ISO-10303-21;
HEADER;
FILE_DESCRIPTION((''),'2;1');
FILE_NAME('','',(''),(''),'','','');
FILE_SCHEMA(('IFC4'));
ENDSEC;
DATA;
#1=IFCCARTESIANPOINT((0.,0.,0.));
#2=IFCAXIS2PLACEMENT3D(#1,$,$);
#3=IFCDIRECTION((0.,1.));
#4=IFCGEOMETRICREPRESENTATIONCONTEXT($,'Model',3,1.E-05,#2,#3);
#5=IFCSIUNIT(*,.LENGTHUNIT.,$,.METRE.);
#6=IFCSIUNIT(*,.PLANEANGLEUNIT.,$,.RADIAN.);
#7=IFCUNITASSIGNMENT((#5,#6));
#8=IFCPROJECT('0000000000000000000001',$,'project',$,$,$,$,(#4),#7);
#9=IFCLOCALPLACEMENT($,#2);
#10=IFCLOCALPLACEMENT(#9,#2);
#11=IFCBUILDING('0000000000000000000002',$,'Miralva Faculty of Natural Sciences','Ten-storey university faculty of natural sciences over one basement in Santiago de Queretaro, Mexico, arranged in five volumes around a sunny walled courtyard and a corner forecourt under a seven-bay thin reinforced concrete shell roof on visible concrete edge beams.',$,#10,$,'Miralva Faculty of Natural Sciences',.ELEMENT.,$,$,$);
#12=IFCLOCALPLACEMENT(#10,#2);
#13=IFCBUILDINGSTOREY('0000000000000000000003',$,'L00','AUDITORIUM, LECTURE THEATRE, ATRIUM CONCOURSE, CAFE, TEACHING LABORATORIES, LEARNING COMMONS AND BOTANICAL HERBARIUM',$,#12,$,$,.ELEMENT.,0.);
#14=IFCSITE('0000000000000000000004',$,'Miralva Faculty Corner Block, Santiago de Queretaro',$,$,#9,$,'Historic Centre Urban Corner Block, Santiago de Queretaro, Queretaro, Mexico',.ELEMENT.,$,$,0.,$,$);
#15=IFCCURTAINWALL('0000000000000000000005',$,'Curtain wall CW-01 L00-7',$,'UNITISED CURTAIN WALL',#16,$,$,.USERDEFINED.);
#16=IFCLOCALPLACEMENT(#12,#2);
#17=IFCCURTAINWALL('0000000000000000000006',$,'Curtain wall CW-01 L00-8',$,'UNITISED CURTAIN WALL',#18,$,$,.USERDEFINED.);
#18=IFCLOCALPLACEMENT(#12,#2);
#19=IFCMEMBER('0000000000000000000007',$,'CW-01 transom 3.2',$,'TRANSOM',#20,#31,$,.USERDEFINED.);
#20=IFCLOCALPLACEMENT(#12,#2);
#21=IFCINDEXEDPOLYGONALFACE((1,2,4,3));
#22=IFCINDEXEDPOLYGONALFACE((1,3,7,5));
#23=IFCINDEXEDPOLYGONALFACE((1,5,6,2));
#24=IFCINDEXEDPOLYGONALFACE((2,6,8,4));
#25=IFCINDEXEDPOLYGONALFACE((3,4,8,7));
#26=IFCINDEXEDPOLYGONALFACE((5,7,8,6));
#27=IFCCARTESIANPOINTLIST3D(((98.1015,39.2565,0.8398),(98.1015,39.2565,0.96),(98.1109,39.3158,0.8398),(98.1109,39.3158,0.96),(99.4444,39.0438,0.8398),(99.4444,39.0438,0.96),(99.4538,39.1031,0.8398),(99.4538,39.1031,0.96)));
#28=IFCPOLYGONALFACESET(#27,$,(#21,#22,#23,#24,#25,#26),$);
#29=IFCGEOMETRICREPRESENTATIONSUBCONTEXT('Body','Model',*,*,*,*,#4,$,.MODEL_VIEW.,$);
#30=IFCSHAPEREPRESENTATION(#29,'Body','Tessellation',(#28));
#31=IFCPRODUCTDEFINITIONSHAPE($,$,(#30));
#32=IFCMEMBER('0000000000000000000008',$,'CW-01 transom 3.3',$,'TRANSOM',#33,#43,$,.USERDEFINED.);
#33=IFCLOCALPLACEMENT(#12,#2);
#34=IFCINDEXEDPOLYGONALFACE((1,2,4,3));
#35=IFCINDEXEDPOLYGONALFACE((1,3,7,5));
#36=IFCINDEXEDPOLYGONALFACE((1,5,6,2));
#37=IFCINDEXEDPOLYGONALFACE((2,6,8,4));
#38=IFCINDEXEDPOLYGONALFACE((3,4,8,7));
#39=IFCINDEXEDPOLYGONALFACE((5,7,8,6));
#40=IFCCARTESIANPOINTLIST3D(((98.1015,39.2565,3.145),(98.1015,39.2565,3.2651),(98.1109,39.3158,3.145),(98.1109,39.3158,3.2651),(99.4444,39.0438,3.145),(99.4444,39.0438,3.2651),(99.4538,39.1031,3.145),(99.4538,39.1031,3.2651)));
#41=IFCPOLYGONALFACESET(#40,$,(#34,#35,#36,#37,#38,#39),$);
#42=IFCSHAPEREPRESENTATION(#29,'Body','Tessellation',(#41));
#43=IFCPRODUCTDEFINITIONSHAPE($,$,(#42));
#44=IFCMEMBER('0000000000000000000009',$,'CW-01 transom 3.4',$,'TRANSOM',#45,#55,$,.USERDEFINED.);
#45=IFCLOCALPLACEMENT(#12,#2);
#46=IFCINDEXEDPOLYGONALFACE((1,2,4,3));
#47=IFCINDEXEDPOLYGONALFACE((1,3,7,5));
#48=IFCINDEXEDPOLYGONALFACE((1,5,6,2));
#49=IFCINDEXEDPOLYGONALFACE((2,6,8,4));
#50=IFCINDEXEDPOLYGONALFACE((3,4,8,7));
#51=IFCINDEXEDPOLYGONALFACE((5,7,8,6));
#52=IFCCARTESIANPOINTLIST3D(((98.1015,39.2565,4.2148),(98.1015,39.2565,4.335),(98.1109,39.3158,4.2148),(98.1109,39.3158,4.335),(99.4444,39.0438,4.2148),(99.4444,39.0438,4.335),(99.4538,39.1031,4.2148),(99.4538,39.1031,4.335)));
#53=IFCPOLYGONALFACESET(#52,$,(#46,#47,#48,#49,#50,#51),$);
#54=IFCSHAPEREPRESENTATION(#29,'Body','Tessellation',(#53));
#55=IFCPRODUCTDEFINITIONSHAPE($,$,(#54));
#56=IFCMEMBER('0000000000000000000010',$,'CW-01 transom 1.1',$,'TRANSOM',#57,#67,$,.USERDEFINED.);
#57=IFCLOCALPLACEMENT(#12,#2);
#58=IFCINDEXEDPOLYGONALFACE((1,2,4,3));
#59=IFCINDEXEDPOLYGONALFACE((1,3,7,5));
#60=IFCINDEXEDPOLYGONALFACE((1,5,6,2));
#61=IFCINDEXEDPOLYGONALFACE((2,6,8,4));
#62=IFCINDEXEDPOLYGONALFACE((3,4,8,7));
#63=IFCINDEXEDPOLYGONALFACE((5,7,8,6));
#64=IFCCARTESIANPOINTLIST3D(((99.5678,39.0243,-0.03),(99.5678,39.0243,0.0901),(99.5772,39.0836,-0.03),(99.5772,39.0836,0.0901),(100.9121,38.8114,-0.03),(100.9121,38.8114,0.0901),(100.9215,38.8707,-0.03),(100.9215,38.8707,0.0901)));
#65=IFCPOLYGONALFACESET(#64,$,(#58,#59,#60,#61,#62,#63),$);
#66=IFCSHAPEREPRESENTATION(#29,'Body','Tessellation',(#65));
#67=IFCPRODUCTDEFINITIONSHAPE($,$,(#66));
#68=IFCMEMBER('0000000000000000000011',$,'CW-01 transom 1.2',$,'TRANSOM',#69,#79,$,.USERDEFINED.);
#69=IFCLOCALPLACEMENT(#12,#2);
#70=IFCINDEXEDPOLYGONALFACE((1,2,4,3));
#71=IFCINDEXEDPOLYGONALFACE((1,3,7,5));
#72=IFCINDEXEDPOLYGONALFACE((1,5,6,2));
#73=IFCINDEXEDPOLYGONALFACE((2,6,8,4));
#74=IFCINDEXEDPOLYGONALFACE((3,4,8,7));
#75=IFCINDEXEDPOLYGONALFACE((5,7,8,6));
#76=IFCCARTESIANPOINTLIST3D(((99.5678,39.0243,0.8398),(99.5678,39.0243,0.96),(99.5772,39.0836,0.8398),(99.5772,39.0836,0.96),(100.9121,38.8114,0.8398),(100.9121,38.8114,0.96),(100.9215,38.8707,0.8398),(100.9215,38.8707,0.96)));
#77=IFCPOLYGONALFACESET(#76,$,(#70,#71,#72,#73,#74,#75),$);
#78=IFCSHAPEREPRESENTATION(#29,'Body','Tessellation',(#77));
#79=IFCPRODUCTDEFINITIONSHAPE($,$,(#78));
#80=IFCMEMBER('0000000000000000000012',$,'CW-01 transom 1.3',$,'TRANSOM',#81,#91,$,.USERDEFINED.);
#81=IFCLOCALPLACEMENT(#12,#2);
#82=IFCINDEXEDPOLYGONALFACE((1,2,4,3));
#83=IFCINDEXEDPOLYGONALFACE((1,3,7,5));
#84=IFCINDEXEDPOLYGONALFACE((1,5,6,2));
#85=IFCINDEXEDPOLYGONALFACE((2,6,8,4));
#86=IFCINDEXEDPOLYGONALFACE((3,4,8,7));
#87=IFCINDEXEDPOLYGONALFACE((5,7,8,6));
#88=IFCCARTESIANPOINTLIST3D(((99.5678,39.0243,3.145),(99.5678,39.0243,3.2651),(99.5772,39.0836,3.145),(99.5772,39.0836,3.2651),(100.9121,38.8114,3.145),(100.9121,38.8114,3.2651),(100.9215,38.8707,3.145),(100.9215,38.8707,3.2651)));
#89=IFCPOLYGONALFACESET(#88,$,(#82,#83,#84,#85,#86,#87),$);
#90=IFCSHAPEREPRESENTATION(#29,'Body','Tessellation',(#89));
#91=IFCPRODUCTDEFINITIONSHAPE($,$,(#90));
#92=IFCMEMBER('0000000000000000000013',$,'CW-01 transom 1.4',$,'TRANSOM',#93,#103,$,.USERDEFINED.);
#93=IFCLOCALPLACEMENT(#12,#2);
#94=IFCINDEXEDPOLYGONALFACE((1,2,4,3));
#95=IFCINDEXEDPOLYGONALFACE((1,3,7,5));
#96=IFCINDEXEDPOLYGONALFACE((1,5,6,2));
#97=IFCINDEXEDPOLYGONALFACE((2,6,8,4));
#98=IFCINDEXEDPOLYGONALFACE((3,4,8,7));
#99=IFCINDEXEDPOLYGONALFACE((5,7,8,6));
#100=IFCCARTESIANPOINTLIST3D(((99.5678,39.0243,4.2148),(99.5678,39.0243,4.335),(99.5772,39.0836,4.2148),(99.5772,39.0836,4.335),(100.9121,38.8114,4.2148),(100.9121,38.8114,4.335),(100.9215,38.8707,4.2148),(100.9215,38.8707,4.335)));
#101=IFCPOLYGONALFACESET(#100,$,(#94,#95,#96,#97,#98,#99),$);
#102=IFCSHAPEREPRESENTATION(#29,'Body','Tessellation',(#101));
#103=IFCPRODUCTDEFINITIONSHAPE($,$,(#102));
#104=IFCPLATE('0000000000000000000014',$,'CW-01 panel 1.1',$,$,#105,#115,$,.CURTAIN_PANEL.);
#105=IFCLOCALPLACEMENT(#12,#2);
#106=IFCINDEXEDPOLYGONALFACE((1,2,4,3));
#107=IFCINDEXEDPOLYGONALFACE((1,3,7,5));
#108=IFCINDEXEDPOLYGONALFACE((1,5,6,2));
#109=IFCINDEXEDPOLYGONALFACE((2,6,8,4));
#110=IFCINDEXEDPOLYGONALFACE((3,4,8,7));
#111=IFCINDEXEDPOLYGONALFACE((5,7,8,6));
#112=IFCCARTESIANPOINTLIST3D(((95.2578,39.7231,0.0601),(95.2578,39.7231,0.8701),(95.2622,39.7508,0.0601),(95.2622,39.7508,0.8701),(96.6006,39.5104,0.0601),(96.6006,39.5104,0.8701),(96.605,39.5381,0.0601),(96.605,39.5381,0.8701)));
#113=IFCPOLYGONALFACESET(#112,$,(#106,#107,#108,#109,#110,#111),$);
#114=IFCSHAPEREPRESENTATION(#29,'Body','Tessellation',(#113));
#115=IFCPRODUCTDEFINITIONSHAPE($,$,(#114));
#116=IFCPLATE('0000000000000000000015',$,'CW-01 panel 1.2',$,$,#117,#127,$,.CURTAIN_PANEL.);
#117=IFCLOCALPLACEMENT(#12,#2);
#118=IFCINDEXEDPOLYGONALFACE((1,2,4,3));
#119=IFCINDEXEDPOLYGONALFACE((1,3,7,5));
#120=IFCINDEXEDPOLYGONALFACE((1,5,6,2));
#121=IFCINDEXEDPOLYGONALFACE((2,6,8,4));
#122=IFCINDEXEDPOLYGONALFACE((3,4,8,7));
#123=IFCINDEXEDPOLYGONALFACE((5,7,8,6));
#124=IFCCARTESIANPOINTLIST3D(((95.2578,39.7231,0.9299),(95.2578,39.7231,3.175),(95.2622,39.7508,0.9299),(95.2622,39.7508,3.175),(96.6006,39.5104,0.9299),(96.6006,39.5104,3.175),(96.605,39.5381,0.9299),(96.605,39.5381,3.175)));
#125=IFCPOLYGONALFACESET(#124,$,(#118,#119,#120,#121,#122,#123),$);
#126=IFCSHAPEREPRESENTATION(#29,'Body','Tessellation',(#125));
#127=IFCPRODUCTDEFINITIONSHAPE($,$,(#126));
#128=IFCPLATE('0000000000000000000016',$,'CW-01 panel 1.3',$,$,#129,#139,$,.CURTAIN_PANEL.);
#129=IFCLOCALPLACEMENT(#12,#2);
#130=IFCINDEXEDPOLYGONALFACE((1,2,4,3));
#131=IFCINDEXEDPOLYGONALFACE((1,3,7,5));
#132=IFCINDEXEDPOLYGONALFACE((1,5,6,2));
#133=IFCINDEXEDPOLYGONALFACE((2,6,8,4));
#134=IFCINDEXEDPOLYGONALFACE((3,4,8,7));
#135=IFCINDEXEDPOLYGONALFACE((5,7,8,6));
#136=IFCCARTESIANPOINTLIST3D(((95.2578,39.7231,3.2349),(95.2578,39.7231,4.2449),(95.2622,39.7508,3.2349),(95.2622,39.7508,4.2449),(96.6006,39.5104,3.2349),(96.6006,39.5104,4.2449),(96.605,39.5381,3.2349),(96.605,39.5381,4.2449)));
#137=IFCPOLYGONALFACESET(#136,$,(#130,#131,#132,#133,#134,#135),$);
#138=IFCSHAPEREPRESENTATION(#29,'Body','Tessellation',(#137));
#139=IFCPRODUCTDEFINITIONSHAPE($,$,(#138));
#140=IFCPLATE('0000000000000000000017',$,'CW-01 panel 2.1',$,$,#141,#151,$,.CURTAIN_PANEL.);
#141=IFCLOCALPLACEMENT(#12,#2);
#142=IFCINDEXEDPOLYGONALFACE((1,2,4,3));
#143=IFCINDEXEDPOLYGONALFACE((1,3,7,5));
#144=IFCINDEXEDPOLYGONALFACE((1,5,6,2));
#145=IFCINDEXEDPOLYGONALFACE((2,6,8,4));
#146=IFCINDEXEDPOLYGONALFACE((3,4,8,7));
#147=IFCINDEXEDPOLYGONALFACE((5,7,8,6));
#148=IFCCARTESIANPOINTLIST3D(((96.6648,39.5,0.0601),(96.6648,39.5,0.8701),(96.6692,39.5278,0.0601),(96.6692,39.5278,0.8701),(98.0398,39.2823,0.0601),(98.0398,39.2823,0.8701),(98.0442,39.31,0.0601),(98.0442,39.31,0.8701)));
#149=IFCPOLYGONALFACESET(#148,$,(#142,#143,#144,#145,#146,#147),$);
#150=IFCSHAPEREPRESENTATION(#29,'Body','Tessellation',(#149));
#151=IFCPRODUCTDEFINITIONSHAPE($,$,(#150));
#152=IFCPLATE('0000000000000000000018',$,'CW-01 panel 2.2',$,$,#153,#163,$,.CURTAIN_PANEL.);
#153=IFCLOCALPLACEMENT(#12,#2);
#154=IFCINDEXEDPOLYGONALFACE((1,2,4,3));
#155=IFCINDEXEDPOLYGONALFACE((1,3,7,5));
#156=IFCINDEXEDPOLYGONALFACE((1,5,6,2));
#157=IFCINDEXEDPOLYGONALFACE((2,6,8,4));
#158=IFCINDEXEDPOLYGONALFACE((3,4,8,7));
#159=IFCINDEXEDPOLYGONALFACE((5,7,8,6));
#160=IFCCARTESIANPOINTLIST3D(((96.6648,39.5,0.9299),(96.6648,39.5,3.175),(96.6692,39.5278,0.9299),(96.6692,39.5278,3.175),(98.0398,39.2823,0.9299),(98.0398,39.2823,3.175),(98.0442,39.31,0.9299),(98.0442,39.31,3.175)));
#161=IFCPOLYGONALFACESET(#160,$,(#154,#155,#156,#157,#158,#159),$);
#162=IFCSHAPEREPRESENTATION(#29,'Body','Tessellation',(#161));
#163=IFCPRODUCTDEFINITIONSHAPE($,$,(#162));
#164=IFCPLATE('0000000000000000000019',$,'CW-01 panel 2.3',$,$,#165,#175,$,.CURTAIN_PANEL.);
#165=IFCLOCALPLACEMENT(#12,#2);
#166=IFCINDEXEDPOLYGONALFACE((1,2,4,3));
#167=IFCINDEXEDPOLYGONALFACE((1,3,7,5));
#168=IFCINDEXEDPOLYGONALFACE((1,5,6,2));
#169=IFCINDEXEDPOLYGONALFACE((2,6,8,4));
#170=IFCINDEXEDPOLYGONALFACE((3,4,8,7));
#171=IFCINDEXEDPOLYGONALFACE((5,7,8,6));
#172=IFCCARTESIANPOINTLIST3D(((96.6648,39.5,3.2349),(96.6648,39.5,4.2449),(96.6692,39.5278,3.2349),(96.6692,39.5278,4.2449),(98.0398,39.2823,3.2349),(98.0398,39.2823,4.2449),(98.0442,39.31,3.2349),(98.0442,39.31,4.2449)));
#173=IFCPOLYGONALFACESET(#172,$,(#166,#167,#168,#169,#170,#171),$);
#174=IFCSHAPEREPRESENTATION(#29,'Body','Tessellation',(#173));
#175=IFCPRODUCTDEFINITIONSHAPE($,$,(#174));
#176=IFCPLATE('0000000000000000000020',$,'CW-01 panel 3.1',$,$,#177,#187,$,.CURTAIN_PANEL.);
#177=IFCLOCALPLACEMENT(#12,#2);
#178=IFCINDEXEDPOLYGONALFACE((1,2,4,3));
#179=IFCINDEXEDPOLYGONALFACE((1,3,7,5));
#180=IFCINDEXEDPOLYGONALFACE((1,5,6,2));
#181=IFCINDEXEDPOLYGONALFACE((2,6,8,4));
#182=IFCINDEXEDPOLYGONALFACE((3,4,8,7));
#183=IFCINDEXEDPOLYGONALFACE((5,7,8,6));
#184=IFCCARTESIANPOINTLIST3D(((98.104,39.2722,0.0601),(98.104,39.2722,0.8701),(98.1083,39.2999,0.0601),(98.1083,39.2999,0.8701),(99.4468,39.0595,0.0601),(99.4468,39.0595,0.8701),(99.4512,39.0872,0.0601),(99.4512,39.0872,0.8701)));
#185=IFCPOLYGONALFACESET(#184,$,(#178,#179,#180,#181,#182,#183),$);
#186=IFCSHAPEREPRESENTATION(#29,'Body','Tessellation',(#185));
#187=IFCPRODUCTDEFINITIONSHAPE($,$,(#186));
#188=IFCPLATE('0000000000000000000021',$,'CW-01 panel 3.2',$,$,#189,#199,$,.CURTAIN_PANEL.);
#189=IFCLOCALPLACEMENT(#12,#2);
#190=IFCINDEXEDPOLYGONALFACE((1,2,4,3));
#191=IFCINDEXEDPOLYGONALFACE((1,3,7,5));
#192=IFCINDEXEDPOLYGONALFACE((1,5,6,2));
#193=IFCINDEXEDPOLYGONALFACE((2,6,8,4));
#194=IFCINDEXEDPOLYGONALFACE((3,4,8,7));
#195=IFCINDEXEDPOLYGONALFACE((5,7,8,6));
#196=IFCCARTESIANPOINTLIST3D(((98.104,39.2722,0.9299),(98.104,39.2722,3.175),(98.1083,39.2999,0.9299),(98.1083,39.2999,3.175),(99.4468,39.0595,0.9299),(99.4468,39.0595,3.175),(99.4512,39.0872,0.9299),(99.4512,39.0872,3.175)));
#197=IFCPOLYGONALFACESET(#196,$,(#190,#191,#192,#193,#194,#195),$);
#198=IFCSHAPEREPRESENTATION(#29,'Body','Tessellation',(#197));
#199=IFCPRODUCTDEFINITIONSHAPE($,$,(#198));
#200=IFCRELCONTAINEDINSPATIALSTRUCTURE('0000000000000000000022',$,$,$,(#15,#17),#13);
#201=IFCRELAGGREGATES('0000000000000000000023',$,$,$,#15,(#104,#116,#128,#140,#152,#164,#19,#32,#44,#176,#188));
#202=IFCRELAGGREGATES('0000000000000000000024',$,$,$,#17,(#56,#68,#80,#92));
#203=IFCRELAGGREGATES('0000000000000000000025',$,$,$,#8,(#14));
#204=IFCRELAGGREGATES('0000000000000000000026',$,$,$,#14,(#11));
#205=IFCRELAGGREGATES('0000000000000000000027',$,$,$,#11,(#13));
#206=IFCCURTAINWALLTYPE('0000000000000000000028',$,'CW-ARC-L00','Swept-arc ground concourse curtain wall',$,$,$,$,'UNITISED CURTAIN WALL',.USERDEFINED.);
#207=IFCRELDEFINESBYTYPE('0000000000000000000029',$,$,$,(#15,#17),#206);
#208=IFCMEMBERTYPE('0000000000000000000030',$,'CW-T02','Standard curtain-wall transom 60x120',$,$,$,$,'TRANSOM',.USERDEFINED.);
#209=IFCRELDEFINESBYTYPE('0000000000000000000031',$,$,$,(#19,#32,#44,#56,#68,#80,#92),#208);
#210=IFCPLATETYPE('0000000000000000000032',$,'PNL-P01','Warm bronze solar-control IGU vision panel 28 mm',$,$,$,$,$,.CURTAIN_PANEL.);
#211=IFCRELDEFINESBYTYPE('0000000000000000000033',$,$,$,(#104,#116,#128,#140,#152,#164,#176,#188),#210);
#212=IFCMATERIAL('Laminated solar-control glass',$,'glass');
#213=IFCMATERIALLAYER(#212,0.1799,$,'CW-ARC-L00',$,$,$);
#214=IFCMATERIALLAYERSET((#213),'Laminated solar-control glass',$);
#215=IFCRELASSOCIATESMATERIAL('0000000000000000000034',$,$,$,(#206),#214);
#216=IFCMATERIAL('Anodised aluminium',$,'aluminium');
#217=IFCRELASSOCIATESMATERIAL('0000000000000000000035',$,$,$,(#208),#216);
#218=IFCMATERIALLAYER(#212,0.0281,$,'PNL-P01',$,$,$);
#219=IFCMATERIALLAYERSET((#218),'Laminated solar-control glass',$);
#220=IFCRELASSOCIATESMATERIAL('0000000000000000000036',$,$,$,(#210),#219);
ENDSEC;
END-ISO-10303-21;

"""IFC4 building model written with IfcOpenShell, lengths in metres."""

from ifc_helpers import new_model, si_unit, direction, frame, origin, origin_2d, place, context, subcontext, project, spatial, rectangle, extrude, material, layer, layer_set, material_profile, profile_set, type_object, element, aggregate, save


model = new_model("IFC4")

# Units and contexts
model_context = context("Model", 3, precision=1e-05, world=origin(), true_north=direction((0.0, 1.0)))
body_context = subcontext(model_context, "Body", "Model", "MODEL_VIEW")
ifc_project = project(units=[si_unit("LENGTHUNIT", "METRE"), si_unit("PLANEANGLEUNIT", "RADIAN")], contexts=[model_context])

# Site, building, storey
site_placement = place(None, origin())
site = spatial("IfcSite", under=ifc_project, at=site_placement, Name="Miralva Faculty Corner Block, Santiago de Queretaro", LongName="Historic Centre Urban Corner Block, Santiago de Queretaro, Queretaro, Mexico", CompositionType="ELEMENT", RefElevation=0.0)
building_placement = place(site_placement, origin())
building = spatial("IfcBuilding", under=site, at=building_placement, Name="Miralva Faculty of Natural Sciences", Description="Ten-storey university faculty of natural sciences over one basement in Santiago de Queretaro, Mexico, arranged in five volumes around a sunny walled courtyard and a corner forecourt under a seven-bay thin reinforced concrete shell roof on visible concrete edge beams.", LongName="Miralva Faculty of Natural Sciences", CompositionType="ELEMENT")
storey_placement = place(building_placement, origin())
storey = spatial("IfcBuildingStorey", under=building, at=storey_placement, Name="L00", Description="AUDITORIUM, LECTURE THEATRE, ATRIUM CONCOURSE, CAFE, TEACHING LABORATORIES, LEARNING COMMONS AND BOTANICAL HERBARIUM", CompositionType="ELEMENT", Elevation=0.0)

# Curtain wall
ifc_material_1 = material(Name="Laminated solar-control glass", Category="glass")
ifc_layer_1 = layer(ifc_material_1, 0.1799, Name="CW-ARC-L00")
ifc_layer_set_1 = layer_set([ifc_layer_1], Name="Laminated solar-control glass")
curtain_wall_type = type_object("IfcCurtainWallType", Name="CW-ARC-L00", Description="Swept-arc ground concourse curtain wall", ElementType="UNITISED CURTAIN WALL", PredefinedType="USERDEFINED", material=ifc_layer_set_1)
curtain_wall_1_placement = place(storey_placement, origin())
curtain_wall_1 = element("IfcCurtainWall", 1, at=curtain_wall_1_placement, inside=storey, type_object=curtain_wall_type, Name="Curtain wall CW-01 L00-7", ObjectType="UNITISED CURTAIN WALL", PredefinedType="USERDEFINED")
ifc_material_2 = material(Name="Anodised aluminium", Category="aluminium")

# Curtain wall
curtain_wall_2_placement = place(storey_placement, origin())
curtain_wall_2 = element("IfcCurtainWall", 2, at=curtain_wall_2_placement, inside=storey, type_object=curtain_wall_type, Name="Curtain wall CW-01 L00-8", ObjectType="UNITISED CURTAIN WALL", PredefinedType="USERDEFINED")

# Members
ifc_material_profile_1 = material_profile(ifc_material_2, rectangle(XDim=0.0601, YDim=0.1201, at=origin_2d()), Name="TRANSOM 60x120")
ifc_profile_set_1 = profile_set([ifc_material_profile_1], Name="Anodised aluminium")
member_type_1 = type_object("IfcMemberType", Name="CW-T02", Description="Standard curtain-wall transom 60x120", ElementType="TRANSOM", PredefinedType="USERDEFINED", material=ifc_profile_set_1)
member_1_placement = place(storey_placement, frame((98.1062, 39.2861, 0.8999), z_axis=(0.987692, -0.156414, 0.0), x_axis=(0.156414, 0.987692, 0.0)))
member_1 = element("IfcMember", 3, at=member_1_placement, type_object=member_type_1, Name="CW-01 transom 3.2", ObjectType="TRANSOM", PredefinedType="USERDEFINED", context=body_context, shape_type="SweptSolid", body=[
    extrude(rectangle(XDim=0.0601, YDim=0.1201, at=origin_2d()), origin(), (0.0, 0.0, 1.0), 1.3596),
])
member_2_placement = place(storey_placement, frame((98.1062, 39.2861, 3.2051), z_axis=(0.987692, -0.156414, 0.0), x_axis=(0.156414, 0.987692, 0.0)))
member_2 = element("IfcMember", 4, at=member_2_placement, type_object=member_type_1, Name="CW-01 transom 3.3", ObjectType="TRANSOM", PredefinedType="USERDEFINED", context=body_context, shape_type="SweptSolid", body=[
    extrude(rectangle(XDim=0.0601, YDim=0.1201, at=origin_2d()), origin(), (0.0, 0.0, 1.0), 1.3596),
])
member_3_placement = place(storey_placement, frame((98.1062, 39.2861, 4.2749), z_axis=(0.987692, -0.156414, 0.0), x_axis=(0.156414, 0.987692, 0.0)))
member_3 = element("IfcMember", 5, at=member_3_placement, type_object=member_type_1, Name="CW-01 transom 3.4", ObjectType="TRANSOM", PredefinedType="USERDEFINED", context=body_context, shape_type="SweptSolid", body=[
    extrude(rectangle(XDim=0.0601, YDim=0.1201, at=origin_2d()), origin(), (0.0, 0.0, 1.0), 1.3596),
])
member_4_placement = place(storey_placement, frame((99.5725, 39.054, 0.03), z_axis=(0.98769, -0.156423, 0.0), x_axis=(0.156423, 0.98769, 0.0)))
member_4 = element("IfcMember", 6, at=member_4_placement, type_object=member_type_1, Name="CW-01 transom 1.1", ObjectType="TRANSOM", PredefinedType="USERDEFINED", context=body_context, shape_type="SweptSolid", body=[
    extrude(rectangle(XDim=0.0601, YDim=0.1201, at=origin_2d()), origin(), (0.0, 0.0, 1.0), 1.3611),
])
member_5_placement = place(storey_placement, frame((99.5725, 39.054, 0.8999), z_axis=(0.98769, -0.156423, 0.0), x_axis=(0.156423, 0.98769, 0.0)))
member_5 = element("IfcMember", 7, at=member_5_placement, type_object=member_type_1, Name="CW-01 transom 1.2", ObjectType="TRANSOM", PredefinedType="USERDEFINED", context=body_context, shape_type="SweptSolid", body=[
    extrude(rectangle(XDim=0.0601, YDim=0.1201, at=origin_2d()), origin(), (0.0, 0.0, 1.0), 1.3611),
])
member_6_placement = place(storey_placement, frame((99.5725, 39.054, 3.2051), z_axis=(0.98769, -0.156423, 0.0), x_axis=(0.156423, 0.98769, 0.0)))
member_6 = element("IfcMember", 8, at=member_6_placement, type_object=member_type_1, Name="CW-01 transom 1.3", ObjectType="TRANSOM", PredefinedType="USERDEFINED", context=body_context, shape_type="SweptSolid", body=[
    extrude(rectangle(XDim=0.0601, YDim=0.1201, at=origin_2d()), origin(), (0.0, 0.0, 1.0), 1.3611),
])
member_7_placement = place(storey_placement, frame((99.5725, 39.054, 4.2749), z_axis=(0.98769, -0.156423, 0.0), x_axis=(0.156423, 0.98769, 0.0)))
member_7 = element("IfcMember", 9, at=member_7_placement, type_object=member_type_1, Name="CW-01 transom 1.4", ObjectType="TRANSOM", PredefinedType="USERDEFINED", context=body_context, shape_type="SweptSolid", body=[
    extrude(rectangle(XDim=0.0601, YDim=0.1201, at=origin_2d()), origin(), (0.0, 0.0, 1.0), 1.3611),
])

# Plates
ifc_layer_2 = layer(ifc_material_1, 0.0281, Name="PNL-P01")
ifc_layer_set_2 = layer_set([ifc_layer_2], Name="Laminated solar-control glass")
plate_type = type_object("IfcPlateType", Name="PNL-P01", Description="Warm bronze solar-control IGU vision panel 28 mm", PredefinedType="CURTAIN_PANEL", material=ifc_layer_set_2)
plate_1_placement = place(storey_placement, frame((95.9314, 39.6306, 0.0601), z_axis=(0.0, 0.0, 1.0), x_axis=(0.987691, -0.156417, 0.0)))
plate_1 = element("IfcPlate", 10, at=plate_1_placement, type_object=plate_type, Name="CW-01 panel 1.1", PredefinedType="CURTAIN_PANEL", context=body_context, shape_type="SweptSolid", body=[
    extrude(rectangle(XDim=1.3596, YDim=0.0281, at=origin_2d()), origin(), (0.0, 0.0, 1.0), 0.8101),
])
plate_2_placement = place(storey_placement, frame((95.9314, 39.6306, 0.9299), z_axis=(0.0, 0.0, 1.0), x_axis=(0.987691, -0.156417, 0.0)))
plate_2 = element("IfcPlate", 11, at=plate_2_placement, type_object=plate_type, Name="CW-01 panel 1.2", PredefinedType="CURTAIN_PANEL", context=body_context, shape_type="SweptSolid", body=[
    extrude(rectangle(XDim=1.3596, YDim=0.0281, at=origin_2d()), origin(), (0.0, 0.0, 1.0), 2.2451),
])
plate_3_placement = place(storey_placement, frame((95.9314, 39.6306, 3.2349), z_axis=(0.0, 0.0, 1.0), x_axis=(0.987691, -0.156417, 0.0)))
plate_3 = element("IfcPlate", 12, at=plate_3_placement, type_object=plate_type, Name="CW-01 panel 1.3", PredefinedType="CURTAIN_PANEL", context=body_context, shape_type="SweptSolid", body=[
    extrude(rectangle(XDim=1.3596, YDim=0.0281, at=origin_2d()), origin(), (0.0, 0.0, 1.0), 1.01),
])
plate_4_placement = place(storey_placement, frame((97.3545, 39.405, 0.0601), z_axis=(0.0, 0.0, 1.0), x_axis=(0.987691, -0.156417, 0.0)))
plate_4 = element("IfcPlate", 13, at=plate_4_placement, type_object=plate_type, Name="CW-01 panel 2.1", PredefinedType="CURTAIN_PANEL", context=body_context, shape_type="SweptSolid", body=[
    extrude(rectangle(XDim=1.3921, YDim=0.0281, at=origin_2d()), origin(), (0.0, 0.0, 1.0), 0.8101),
])
plate_5_placement = place(storey_placement, frame((97.3545, 39.405, 0.9299), z_axis=(0.0, 0.0, 1.0), x_axis=(0.987691, -0.156417, 0.0)))
plate_5 = element("IfcPlate", 14, at=plate_5_placement, type_object=plate_type, Name="CW-01 panel 2.2", PredefinedType="CURTAIN_PANEL", context=body_context, shape_type="SweptSolid", body=[
    extrude(rectangle(XDim=1.3921, YDim=0.0281, at=origin_2d()), origin(), (0.0, 0.0, 1.0), 2.2451),
])
plate_6_placement = place(storey_placement, frame((97.3545, 39.405, 3.2349), z_axis=(0.0, 0.0, 1.0), x_axis=(0.987691, -0.156417, 0.0)))
plate_6 = element("IfcPlate", 15, at=plate_6_placement, type_object=plate_type, Name="CW-01 panel 2.3", PredefinedType="CURTAIN_PANEL", context=body_context, shape_type="SweptSolid", body=[
    extrude(rectangle(XDim=1.3921, YDim=0.0281, at=origin_2d()), origin(), (0.0, 0.0, 1.0), 1.01),
])
plate_7_placement = place(storey_placement, frame((98.7776, 39.1797, 0.0601), z_axis=(0.0, 0.0, 1.0), x_axis=(0.987691, -0.156417, 0.0)))
plate_7 = element("IfcPlate", 16, at=plate_7_placement, type_object=plate_type, Name="CW-01 panel 3.1", PredefinedType="CURTAIN_PANEL", context=body_context, shape_type="SweptSolid", body=[
    extrude(rectangle(XDim=1.3596, YDim=0.0281, at=origin_2d()), origin(), (0.0, 0.0, 1.0), 0.8101),
])
plate_8_placement = place(storey_placement, frame((98.7776, 39.1797, 0.9299), z_axis=(0.0, 0.0, 1.0), x_axis=(0.987691, -0.156417, 0.0)))
plate_8 = element("IfcPlate", 17, at=plate_8_placement, type_object=plate_type, Name="CW-01 panel 3.2", PredefinedType="CURTAIN_PANEL", context=body_context, shape_type="SweptSolid", body=[
    extrude(rectangle(XDim=1.3596, YDim=0.0281, at=origin_2d()), origin(), (0.0, 0.0, 1.0), 2.2451),
])
aggregate(curtain_wall_1, [plate_1, plate_2, plate_3, plate_4, plate_5, plate_6, member_1, member_2, member_3, plate_7, plate_8])
aggregate(curtain_wall_2, [member_4, member_5, member_6, member_7])

save(model, "model.ifc")
